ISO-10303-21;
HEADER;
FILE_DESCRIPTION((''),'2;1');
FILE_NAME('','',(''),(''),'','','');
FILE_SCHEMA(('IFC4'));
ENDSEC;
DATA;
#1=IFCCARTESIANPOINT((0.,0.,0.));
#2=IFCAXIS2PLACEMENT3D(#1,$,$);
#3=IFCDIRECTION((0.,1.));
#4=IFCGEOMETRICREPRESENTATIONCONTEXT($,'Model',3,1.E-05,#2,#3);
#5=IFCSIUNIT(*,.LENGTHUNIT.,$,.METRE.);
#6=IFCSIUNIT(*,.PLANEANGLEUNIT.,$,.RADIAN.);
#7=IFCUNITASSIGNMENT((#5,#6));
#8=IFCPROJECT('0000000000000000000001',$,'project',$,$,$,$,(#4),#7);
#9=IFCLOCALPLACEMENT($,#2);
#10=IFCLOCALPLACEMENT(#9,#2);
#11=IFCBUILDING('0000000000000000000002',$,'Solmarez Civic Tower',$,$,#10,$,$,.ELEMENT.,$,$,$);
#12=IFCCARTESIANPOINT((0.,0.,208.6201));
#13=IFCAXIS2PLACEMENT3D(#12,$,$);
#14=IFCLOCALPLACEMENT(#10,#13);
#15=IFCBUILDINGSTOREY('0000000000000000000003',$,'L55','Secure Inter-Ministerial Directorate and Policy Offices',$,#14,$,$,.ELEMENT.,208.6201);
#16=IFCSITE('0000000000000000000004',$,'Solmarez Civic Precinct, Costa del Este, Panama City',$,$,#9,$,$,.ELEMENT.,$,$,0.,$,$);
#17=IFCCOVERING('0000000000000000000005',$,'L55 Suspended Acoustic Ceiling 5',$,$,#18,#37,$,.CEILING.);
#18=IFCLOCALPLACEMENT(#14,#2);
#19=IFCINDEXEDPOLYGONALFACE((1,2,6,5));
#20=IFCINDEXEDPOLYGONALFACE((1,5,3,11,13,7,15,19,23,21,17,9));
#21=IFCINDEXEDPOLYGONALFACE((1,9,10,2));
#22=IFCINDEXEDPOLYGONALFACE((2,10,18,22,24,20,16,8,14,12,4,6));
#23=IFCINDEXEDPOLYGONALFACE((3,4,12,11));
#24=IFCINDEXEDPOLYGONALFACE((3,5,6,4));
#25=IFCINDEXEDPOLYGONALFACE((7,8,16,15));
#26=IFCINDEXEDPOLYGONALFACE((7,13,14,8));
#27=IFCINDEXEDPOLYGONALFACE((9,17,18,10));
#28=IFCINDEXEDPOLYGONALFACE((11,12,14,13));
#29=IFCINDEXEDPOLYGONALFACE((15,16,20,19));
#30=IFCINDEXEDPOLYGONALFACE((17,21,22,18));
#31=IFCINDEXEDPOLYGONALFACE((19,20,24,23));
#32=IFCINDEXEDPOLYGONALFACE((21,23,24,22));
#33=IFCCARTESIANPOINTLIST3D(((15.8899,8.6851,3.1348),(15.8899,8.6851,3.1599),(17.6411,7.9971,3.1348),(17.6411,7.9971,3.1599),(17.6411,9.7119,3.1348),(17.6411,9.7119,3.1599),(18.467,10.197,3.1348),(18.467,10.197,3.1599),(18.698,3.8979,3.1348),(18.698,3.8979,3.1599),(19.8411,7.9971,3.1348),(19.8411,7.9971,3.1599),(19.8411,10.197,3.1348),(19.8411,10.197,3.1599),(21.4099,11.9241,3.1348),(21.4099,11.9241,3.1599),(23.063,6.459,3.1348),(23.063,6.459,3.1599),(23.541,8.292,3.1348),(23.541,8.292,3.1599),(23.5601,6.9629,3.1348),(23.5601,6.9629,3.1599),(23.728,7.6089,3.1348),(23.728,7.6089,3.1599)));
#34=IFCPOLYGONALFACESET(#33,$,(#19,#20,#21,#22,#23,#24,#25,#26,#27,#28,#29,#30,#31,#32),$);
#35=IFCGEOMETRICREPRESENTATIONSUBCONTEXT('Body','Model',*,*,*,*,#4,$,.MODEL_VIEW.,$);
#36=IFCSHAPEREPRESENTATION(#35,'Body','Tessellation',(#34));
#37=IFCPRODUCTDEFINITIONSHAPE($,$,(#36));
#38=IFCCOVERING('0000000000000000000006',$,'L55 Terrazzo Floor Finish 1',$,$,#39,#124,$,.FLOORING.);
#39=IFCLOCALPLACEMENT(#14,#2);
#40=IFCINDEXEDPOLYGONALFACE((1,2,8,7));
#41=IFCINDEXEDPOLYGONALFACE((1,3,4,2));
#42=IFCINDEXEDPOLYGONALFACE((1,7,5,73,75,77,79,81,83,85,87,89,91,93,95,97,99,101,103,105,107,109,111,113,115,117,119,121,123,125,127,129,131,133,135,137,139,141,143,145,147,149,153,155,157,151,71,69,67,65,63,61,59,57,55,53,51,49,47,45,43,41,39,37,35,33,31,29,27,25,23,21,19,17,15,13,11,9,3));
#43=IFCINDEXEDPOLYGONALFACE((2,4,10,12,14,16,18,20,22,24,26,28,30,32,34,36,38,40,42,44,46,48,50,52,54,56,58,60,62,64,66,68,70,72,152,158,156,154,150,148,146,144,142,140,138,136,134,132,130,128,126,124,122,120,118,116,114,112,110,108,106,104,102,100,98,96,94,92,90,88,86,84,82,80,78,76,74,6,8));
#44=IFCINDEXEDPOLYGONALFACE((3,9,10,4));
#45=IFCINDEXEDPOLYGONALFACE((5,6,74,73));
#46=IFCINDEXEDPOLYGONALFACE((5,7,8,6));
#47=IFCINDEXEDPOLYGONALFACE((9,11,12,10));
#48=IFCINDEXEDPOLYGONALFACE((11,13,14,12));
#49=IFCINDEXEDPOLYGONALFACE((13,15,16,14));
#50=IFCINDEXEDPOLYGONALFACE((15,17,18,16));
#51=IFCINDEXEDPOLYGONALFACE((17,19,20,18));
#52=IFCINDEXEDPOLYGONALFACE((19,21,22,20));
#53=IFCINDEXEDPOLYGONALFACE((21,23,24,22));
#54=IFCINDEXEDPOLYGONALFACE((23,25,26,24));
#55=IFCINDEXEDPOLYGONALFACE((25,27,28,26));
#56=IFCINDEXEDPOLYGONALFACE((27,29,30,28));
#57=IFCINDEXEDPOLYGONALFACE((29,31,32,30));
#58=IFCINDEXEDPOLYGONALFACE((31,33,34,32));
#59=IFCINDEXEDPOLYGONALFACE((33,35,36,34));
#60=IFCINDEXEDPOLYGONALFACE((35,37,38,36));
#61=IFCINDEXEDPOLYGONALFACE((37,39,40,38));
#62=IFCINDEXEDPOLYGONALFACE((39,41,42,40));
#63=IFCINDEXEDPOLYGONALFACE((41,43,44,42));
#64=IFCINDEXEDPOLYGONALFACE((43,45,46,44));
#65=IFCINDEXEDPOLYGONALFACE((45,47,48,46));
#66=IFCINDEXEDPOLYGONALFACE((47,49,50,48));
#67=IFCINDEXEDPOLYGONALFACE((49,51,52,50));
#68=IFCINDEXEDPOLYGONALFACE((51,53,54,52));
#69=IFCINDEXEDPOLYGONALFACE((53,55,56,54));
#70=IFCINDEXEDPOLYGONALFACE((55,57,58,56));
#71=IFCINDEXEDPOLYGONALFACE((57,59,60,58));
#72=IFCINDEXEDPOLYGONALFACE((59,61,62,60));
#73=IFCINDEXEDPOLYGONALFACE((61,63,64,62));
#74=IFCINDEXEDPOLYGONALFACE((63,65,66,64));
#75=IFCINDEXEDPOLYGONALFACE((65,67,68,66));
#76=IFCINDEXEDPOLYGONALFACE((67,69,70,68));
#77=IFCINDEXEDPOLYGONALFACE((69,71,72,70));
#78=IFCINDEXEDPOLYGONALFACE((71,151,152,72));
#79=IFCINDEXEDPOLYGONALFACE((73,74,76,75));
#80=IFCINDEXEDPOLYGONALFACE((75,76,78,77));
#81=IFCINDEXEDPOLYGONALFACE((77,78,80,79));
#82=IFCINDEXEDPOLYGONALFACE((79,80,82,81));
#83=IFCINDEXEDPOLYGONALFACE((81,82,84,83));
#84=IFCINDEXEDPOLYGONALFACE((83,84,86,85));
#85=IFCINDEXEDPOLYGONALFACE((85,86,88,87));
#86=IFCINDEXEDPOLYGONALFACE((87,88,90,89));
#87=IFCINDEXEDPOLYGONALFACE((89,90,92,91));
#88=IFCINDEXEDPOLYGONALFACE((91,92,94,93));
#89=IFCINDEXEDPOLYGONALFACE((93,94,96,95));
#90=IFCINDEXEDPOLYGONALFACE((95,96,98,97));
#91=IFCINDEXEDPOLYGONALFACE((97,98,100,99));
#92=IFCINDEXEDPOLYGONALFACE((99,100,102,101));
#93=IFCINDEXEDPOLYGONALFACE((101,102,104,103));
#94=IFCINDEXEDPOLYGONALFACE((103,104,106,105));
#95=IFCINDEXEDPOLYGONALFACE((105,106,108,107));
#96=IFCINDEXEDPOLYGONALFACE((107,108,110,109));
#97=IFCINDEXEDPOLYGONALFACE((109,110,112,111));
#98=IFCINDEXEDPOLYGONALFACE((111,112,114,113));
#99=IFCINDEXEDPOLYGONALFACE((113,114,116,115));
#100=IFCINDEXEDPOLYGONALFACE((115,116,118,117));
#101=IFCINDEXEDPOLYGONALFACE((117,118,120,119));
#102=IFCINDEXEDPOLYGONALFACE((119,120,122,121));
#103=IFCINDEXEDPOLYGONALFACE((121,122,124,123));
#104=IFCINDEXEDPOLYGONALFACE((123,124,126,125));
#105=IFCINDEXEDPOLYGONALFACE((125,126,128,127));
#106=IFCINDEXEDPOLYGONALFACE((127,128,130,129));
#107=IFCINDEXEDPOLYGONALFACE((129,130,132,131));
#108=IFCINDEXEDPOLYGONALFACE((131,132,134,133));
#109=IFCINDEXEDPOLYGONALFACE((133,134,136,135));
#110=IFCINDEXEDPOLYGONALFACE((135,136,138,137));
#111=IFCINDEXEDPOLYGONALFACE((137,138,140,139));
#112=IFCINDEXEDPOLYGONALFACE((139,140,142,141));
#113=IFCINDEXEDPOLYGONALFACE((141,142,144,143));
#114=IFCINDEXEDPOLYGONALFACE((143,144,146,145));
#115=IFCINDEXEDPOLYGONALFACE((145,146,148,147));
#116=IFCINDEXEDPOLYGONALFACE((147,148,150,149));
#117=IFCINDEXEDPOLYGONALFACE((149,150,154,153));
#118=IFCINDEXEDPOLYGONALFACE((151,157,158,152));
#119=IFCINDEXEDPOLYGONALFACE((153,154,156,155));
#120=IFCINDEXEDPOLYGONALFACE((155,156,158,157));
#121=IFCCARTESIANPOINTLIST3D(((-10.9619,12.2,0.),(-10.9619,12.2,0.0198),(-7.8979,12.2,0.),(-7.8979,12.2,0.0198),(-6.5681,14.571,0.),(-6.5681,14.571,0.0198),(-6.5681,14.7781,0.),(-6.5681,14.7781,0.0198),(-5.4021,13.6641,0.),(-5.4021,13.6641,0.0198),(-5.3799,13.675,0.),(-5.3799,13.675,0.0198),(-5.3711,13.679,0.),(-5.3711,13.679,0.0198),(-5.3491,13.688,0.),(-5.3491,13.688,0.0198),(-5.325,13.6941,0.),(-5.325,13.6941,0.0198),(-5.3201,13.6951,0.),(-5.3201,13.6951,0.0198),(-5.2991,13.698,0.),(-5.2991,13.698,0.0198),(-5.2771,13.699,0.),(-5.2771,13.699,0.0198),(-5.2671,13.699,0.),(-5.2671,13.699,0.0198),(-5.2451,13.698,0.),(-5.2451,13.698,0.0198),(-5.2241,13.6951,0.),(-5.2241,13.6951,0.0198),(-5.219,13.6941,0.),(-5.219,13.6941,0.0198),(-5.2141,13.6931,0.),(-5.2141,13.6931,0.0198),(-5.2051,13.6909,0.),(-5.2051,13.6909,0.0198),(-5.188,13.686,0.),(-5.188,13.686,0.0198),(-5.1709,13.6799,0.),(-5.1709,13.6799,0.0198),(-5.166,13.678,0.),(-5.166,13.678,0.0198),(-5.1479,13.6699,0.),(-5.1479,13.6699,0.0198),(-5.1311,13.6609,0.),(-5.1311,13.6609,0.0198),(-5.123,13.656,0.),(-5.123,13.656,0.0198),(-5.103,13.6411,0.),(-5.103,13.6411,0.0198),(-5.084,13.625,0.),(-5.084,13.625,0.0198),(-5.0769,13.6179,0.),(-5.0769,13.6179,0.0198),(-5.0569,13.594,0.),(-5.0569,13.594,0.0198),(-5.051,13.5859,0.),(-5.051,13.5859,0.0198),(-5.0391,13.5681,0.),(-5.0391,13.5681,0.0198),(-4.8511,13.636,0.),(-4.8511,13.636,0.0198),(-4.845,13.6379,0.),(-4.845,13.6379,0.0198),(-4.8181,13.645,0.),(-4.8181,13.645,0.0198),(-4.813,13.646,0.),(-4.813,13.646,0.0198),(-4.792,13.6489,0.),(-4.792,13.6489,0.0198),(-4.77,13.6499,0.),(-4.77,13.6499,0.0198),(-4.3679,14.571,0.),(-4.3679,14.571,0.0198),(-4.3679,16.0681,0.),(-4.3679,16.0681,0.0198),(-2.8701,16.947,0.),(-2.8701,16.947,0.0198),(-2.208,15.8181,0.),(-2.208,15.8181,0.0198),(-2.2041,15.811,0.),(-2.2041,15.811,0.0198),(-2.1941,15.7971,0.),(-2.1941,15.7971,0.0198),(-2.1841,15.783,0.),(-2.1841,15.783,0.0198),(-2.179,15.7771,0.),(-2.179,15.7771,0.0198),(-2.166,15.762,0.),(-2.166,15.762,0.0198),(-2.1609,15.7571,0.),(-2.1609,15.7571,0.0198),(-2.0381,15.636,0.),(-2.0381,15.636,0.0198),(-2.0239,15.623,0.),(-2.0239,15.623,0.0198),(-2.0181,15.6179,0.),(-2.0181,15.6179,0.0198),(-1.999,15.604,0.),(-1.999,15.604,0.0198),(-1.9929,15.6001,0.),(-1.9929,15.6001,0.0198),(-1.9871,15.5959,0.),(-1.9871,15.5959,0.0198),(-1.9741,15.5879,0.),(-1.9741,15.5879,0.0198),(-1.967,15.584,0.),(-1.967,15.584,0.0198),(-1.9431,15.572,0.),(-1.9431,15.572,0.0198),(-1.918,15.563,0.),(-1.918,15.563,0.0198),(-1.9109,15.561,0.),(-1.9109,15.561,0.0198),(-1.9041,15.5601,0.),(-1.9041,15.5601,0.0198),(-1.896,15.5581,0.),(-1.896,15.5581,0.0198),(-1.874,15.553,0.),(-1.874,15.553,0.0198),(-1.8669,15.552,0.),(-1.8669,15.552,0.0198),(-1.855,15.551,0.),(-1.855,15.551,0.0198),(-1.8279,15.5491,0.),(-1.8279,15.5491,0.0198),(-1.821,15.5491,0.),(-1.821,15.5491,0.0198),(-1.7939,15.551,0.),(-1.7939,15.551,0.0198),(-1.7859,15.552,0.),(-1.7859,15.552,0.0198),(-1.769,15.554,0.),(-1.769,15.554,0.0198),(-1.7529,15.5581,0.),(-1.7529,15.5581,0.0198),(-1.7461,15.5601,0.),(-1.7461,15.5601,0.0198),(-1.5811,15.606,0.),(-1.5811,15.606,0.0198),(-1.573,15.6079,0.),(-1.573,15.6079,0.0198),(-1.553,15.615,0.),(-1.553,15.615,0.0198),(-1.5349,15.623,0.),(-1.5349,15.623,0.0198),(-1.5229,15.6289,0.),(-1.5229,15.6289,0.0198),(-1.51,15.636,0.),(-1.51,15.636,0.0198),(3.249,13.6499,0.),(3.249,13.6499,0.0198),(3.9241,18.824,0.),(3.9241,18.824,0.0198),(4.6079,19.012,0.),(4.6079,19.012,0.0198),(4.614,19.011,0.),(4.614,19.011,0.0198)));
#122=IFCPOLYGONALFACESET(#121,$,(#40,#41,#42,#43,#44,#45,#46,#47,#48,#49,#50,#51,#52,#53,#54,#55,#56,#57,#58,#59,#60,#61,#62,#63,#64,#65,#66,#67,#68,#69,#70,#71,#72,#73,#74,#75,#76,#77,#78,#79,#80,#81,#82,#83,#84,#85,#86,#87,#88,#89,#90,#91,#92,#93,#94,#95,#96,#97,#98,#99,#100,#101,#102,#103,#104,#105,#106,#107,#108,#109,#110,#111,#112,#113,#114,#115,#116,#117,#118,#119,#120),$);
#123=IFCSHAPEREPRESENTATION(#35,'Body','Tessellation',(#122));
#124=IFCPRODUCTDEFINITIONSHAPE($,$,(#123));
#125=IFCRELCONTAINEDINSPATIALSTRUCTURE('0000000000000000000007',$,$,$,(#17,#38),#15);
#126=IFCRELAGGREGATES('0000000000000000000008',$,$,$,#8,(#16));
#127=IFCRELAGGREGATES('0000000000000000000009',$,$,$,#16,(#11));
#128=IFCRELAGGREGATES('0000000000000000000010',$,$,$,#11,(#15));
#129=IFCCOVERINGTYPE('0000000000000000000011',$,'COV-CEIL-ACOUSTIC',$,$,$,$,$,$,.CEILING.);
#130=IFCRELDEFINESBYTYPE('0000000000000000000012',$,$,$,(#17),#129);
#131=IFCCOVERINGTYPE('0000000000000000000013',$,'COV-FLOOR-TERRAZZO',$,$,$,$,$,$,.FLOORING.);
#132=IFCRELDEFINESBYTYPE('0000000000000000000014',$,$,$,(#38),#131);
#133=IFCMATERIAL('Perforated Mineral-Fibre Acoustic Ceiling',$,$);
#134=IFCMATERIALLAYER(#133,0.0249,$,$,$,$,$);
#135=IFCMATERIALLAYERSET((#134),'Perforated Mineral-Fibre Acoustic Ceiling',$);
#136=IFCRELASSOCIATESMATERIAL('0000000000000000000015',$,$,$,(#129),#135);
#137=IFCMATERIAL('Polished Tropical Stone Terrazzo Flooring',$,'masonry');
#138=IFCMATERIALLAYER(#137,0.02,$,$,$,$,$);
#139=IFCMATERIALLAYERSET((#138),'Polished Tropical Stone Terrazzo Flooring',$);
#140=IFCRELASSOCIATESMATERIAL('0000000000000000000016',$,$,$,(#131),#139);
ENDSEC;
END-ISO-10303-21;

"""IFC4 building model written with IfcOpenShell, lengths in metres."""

from ifc_helpers import new_model, si_unit, direction, frame, origin, place, context, subcontext, project, spatial, polyline, outline, extrude, material, layer, layer_set, type_object, element, save


model = new_model("IFC4")

# Units and contexts
model_context = context("Model", 3, precision=1e-05, world=origin(), true_north=direction((0.0, 1.0)))
body_context = subcontext(model_context, "Body", "Model", "MODEL_VIEW")
ifc_project = project(units=[si_unit("LENGTHUNIT", "METRE"), si_unit("PLANEANGLEUNIT", "RADIAN")], contexts=[model_context])

# Site, building, storey
site_placement = place(None, origin())
site = spatial("IfcSite", under=ifc_project, at=site_placement, Name="Solmarez Civic Precinct, Costa del Este, Panama City", CompositionType="ELEMENT", RefElevation=0.0)
building_placement = place(site_placement, origin())
building = spatial("IfcBuilding", under=site, at=building_placement, Name="Solmarez Civic Tower", CompositionType="ELEMENT")
storey_placement = place(building_placement, frame((0.0, 0.0, 208.6201)))
storey = spatial("IfcBuildingStorey", under=building, at=storey_placement, Name="L55", Description="Secure Inter-Ministerial Directorate and Policy Offices", CompositionType="ELEMENT", Elevation=208.6201)

# Coverings
ifc_material_1 = material(Name="Perforated Mineral-Fibre Acoustic Ceiling")
ifc_layer_1 = layer(ifc_material_1, 0.0249)
ifc_layer_set_1 = layer_set([ifc_layer_1], Name="Perforated Mineral-Fibre Acoustic Ceiling")
covering_type_1 = type_object("IfcCoveringType", Name="COV-CEIL-ACOUSTIC", PredefinedType="CEILING", material=ifc_layer_set_1)
covering_1_placement = place(storey_placement, frame((0.0, 0.0, 3.1348)))
element("IfcCovering", 1, at=covering_1_placement, inside=storey, type_object=covering_type_1, Name="L55 Suspended Acoustic Ceiling 5", PredefinedType="CEILING", context=body_context, shape_type="SweptSolid", body=[
    extrude(outline(polyline([(18.698, 3.8979), (23.063, 6.459), (23.5601, 6.9629), (23.728, 7.6089), (23.541, 8.292), (21.4099, 11.9241), (18.467, 10.197), (19.8411, 10.197), (19.8411, 7.9971), (17.6411, 7.9971), (17.6411, 9.7119), (15.8899, 8.6851), (18.698, 3.8979)])), origin(), (0.0, 0.0, 1.0), 0.0251),
])
ifc_material_2 = material(Name="Polished Tropical Stone Terrazzo Flooring", Category="masonry")
ifc_layer_2 = layer(ifc_material_2, 0.02)
ifc_layer_set_2 = layer_set([ifc_layer_2], Name="Polished Tropical Stone Terrazzo Flooring")
covering_type_2 = type_object("IfcCoveringType", Name="COV-FLOOR-TERRAZZO", PredefinedType="FLOORING", material=ifc_layer_set_2)
covering_2_placement = place(storey_placement, origin())
element("IfcCovering", 2, at=covering_2_placement, inside=storey, type_object=covering_type_2, Name="L55 Terrazzo Floor Finish 1", PredefinedType="FLOORING", context=body_context, shape_type="SweptSolid", body=[
    extrude(outline(polyline([(-10.9619, 12.2), (-7.8979, 12.2), (-5.4021, 13.6641), (-5.3799, 13.675), (-5.3711, 13.679), (-5.3491, 13.688), (-5.325, 13.6941), (-5.3201, 13.6951), (-5.2991, 13.698), (-5.2771, 13.699), (-5.2671, 13.699), (-5.2451, 13.698), (-5.2241, 13.6951), (-5.219, 13.6941), (-5.2141, 13.6931), (-5.2051, 13.6909), (-5.188, 13.686), (-5.1709, 13.6799), (-5.166, 13.678), (-5.1479, 13.6699), (-5.1311, 13.6609), (-5.123, 13.656), (-5.103, 13.6411), (-5.084, 13.625), (-5.0769, 13.6179), (-5.0569, 13.594), (-5.051, 13.5859), (-5.0391, 13.5681), (-4.8511, 13.636), (-4.845, 13.6379), (-4.8181, 13.645), (-4.813, 13.646), (-4.792, 13.6489), (-4.77, 13.6499), (3.249, 13.6499), (4.614, 19.011), (4.6079, 19.012), (3.9241, 18.824), (-1.51, 15.636), (-1.5229, 15.6289), (-1.5349, 15.623), (-1.553, 15.615), (-1.573, 15.6079), (-1.5811, 15.606), (-1.7461, 15.5601), (-1.7529, 15.5581), (-1.769, 15.554), (-1.7859, 15.552), (-1.7939, 15.551), (-1.821, 15.5491), (-1.8279, 15.5491), (-1.855, 15.551), (-1.8669, 15.552), (-1.874, 15.553), (-1.896, 15.5581), (-1.9041, 15.5601), (-1.9109, 15.561), (-1.918, 15.563), (-1.9431, 15.572), (-1.967, 15.584), (-1.9741, 15.5879), (-1.9871, 15.5959), (-1.9929, 15.6001), (-1.999, 15.604), (-2.0181, 15.6179), (-2.0239, 15.623), (-2.0381, 15.636), (-2.1609, 15.7571), (-2.166, 15.762), (-2.179, 15.7771), (-2.1841, 15.783), (-2.1941, 15.7971), (-2.2041, 15.811), (-2.208, 15.8181), (-2.8701, 16.947), (-4.3679, 16.0681), (-4.3679, 14.571), (-6.5681, 14.571), (-6.5681, 14.7781), (-10.9619, 12.2)])), origin(), (0.0, 0.0, 1.0), 0.0198),
])

save(model, "model.ifc")
